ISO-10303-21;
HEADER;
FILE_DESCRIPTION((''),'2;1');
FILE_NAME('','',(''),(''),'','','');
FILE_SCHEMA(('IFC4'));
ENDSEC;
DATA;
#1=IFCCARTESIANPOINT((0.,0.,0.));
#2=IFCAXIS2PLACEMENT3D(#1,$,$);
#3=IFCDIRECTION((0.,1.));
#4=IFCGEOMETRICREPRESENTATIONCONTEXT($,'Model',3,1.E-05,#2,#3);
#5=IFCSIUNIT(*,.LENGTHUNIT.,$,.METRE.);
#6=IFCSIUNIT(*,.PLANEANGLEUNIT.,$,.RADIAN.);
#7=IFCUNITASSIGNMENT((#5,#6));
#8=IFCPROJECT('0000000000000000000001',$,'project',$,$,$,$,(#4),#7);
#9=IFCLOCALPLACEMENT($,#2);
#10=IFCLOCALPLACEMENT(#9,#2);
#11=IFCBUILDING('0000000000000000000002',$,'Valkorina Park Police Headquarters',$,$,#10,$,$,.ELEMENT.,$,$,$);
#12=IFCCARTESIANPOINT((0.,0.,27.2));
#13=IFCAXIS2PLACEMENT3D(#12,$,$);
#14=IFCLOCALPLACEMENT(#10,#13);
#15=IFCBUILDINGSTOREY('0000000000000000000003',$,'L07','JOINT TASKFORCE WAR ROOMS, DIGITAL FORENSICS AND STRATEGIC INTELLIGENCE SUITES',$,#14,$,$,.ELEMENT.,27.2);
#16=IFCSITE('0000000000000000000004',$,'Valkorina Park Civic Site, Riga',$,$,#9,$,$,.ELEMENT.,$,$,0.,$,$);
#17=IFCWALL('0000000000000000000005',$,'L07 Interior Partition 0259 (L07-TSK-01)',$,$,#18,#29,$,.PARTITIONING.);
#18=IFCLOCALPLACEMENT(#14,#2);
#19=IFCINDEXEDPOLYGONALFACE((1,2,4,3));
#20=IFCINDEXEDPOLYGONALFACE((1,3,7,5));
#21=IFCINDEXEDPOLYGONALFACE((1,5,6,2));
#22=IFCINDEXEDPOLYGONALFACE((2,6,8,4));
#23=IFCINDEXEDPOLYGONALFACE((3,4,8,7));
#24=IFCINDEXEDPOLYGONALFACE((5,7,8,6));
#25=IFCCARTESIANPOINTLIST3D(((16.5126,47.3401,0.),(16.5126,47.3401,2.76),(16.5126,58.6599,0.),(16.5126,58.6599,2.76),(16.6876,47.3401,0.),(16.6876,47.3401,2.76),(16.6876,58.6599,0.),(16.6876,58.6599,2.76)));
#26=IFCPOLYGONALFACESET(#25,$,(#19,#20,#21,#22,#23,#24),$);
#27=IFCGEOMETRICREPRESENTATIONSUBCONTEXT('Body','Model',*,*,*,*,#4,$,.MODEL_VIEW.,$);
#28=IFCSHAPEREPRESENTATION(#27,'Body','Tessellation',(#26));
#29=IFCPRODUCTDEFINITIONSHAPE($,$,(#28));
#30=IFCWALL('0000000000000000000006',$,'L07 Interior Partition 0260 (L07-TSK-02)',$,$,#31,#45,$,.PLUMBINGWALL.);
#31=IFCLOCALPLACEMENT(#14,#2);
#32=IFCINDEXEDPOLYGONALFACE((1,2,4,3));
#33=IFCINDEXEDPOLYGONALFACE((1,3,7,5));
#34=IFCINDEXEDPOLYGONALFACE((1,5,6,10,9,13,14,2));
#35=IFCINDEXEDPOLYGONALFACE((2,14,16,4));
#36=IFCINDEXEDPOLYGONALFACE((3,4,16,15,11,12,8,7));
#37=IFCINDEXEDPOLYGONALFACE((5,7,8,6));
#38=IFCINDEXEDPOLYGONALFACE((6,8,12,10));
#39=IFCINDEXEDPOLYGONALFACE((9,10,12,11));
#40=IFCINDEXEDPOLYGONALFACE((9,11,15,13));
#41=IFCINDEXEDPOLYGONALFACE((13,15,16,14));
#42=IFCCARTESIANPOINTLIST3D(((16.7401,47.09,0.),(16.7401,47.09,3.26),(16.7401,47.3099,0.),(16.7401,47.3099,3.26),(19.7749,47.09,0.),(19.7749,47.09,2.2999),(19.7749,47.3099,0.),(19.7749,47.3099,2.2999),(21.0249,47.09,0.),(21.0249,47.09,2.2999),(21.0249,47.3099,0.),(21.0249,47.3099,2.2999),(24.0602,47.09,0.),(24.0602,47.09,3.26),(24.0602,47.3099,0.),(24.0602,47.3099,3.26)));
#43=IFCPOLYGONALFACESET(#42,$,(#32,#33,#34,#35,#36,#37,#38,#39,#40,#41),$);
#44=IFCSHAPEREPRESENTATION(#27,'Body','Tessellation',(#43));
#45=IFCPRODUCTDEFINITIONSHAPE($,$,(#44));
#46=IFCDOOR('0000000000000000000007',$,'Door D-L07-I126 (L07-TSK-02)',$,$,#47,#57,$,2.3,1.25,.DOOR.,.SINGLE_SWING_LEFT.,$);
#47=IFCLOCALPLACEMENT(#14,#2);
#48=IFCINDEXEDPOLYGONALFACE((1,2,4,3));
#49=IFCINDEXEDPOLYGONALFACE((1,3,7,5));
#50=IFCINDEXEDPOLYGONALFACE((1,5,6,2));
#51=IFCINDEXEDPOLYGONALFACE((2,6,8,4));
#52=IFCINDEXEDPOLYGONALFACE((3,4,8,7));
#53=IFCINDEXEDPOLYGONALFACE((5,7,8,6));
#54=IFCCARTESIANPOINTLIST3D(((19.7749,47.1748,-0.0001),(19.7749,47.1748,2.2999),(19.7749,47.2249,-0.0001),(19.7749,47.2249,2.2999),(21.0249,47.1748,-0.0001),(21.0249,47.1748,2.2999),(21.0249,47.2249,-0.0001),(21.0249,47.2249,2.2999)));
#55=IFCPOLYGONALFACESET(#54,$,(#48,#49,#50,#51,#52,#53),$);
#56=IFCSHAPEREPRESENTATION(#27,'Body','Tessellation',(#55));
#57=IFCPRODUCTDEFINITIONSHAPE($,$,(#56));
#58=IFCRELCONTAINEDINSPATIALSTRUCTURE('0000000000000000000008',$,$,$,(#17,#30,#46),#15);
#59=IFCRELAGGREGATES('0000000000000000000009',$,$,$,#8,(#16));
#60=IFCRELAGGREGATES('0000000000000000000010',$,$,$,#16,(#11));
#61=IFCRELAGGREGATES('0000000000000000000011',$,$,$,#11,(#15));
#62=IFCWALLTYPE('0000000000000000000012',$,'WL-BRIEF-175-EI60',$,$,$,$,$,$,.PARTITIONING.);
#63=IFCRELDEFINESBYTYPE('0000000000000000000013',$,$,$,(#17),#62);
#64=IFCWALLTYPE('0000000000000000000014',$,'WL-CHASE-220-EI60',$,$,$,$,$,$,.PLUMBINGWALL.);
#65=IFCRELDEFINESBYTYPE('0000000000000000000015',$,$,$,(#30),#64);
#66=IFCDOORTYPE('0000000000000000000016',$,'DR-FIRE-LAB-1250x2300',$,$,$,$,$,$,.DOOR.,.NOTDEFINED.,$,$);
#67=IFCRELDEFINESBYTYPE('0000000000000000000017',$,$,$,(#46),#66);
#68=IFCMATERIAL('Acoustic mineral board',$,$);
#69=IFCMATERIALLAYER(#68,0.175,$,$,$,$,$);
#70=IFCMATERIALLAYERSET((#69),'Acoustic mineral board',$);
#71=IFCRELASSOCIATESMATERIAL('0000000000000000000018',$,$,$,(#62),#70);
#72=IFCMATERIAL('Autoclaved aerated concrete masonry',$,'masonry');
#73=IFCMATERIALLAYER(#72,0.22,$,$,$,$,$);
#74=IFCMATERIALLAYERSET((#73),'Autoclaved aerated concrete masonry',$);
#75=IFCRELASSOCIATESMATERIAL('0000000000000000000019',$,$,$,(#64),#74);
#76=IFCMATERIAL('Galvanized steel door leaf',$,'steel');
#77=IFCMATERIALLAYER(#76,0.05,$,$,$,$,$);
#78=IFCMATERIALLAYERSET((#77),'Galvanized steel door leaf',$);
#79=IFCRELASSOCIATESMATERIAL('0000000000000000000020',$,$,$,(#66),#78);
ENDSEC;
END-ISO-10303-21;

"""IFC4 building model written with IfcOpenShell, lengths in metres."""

from ifc_helpers import new_model, si_unit, direction, frame, frame_2d, origin, place, context, subcontext, project, spatial, rectangle, extrude, material, layer, layer_set, type_object, element, fill, save


model = new_model("IFC4")

# Units and contexts
model_context = context("Model", 3, precision=1e-05, world=origin(), true_north=direction((0.0, 1.0)))
body_context = subcontext(model_context, "Body", "Model", "MODEL_VIEW")
ifc_project = project(units=[si_unit("LENGTHUNIT", "METRE"), si_unit("PLANEANGLEUNIT", "RADIAN")], contexts=[model_context])

# Site, building, storey
site_placement = place(None, origin())
site = spatial("IfcSite", under=ifc_project, at=site_placement, Name="Valkorina Park Civic Site, Riga", CompositionType="ELEMENT", RefElevation=0.0)
building_placement = place(site_placement, origin())
building = spatial("IfcBuilding", under=site, at=building_placement, Name="Valkorina Park Police Headquarters", CompositionType="ELEMENT")
storey_placement = place(building_placement, frame((0.0, 0.0, 27.2)))
storey = spatial("IfcBuildingStorey", under=building, at=storey_placement, Name="L07", Description="JOINT TASKFORCE WAR ROOMS, DIGITAL FORENSICS AND STRATEGIC INTELLIGENCE SUITES", CompositionType="ELEMENT", Elevation=27.2)

# Wall
ifc_material_1 = material(Name="Acoustic mineral board")
ifc_layer_1 = layer(ifc_material_1, 0.175)
ifc_layer_set_1 = layer_set([ifc_layer_1], Name="Acoustic mineral board")
wall_type_1 = type_object("IfcWallType", Name="WL-BRIEF-175-EI60", PredefinedType="PARTITIONING", material=ifc_layer_set_1)
wall_1_placement = place(storey_placement, frame((16.6001, 47.3401, 0.0), z_axis=(0.0, 0.0, 1.0), x_axis=(0.0, 1.0, 0.0)))
element("IfcWall", 1, at=wall_1_placement, inside=storey, type_object=wall_type_1, Name="L07 Interior Partition 0259 (L07-TSK-01)", PredefinedType="PARTITIONING", context=body_context, shape_type="SweptSolid", body=[
    extrude(rectangle(XDim=11.3198, YDim=0.175, at=frame_2d((5.6599, 0.0))), origin(), (0.0, 0.0, 1.0), 2.76),
])

# Wall, opening, door
ifc_material_2 = material(Name="Autoclaved aerated concrete masonry", Category="masonry")
ifc_layer_2 = layer(ifc_material_2, 0.22)
ifc_layer_set_2 = layer_set([ifc_layer_2], Name="Autoclaved aerated concrete masonry")
wall_type_2 = type_object("IfcWallType", Name="WL-CHASE-220-EI60", PredefinedType="PLUMBINGWALL", material=ifc_layer_set_2)
wall_2_placement = place(storey_placement, frame((16.74, 47.2, 0.0), z_axis=(0.0, 0.0, 1.0), x_axis=(1.0, 0.0, 0.0)))
wall_2 = element("IfcWall", 2, at=wall_2_placement, inside=storey, type_object=wall_type_2, Name="L07 Interior Partition 0260 (L07-TSK-02)", PredefinedType="PLUMBINGWALL", context=body_context, shape_type="SweptSolid", body=[
    extrude(rectangle(XDim=7.3201, YDim=0.22, at=frame_2d((3.6602, 0.0))), origin(), (0.0, 0.0, 1.0), 3.26),
])
opening_placement = place(wall_2_placement, frame((3.0349, 0.0, 0.0)))
opening = element("IfcOpeningElement", 3, at=opening_placement, cuts=wall_2, PredefinedType="OPENING", context=body_context, shape_type="SweptSolid", body=[
    extrude(rectangle(XDim=1.25, YDim=2.3, at=frame_2d((0.625, 1.1499))), frame((0.0, 0.1201, 0.0), z_axis=(0.0, -1.0, 0.0), x_axis=(1.0, 0.0, 0.0)), (0.0, 0.0, 1.0), 0.24),
])
ifc_material_3 = material(Name="Galvanized steel door leaf", Category="steel")
ifc_layer_3 = layer(ifc_material_3, 0.05)
ifc_layer_set_3 = layer_set([ifc_layer_3], Name="Galvanized steel door leaf")
door_type = type_object("IfcDoorType", Name="DR-FIRE-LAB-1250x2300", OperationType="NOTDEFINED", PredefinedType="DOOR", material=ifc_layer_set_3)
door_placement = place(opening_placement, origin())
door = element("IfcDoor", 4, at=door_placement, inside=storey, type_object=door_type, Name="Door D-L07-I126 (L07-TSK-02)", OperationType="SINGLE_SWING_LEFT", OverallHeight=2.3, OverallWidth=1.25, PredefinedType="DOOR", context=body_context, shape_type="SweptSolid", body=[
    extrude(rectangle(XDim=1.25, YDim=2.3, at=frame_2d((0.625, 1.1499))), frame((0.0, 0.0249, 0.0), z_axis=(0.0, -1.0, 0.0), x_axis=(1.0, 0.0, 0.0)), (0.0, 0.0, 1.0), 0.05),
])
fill(opening, door)

save(model, "model.ifc")
